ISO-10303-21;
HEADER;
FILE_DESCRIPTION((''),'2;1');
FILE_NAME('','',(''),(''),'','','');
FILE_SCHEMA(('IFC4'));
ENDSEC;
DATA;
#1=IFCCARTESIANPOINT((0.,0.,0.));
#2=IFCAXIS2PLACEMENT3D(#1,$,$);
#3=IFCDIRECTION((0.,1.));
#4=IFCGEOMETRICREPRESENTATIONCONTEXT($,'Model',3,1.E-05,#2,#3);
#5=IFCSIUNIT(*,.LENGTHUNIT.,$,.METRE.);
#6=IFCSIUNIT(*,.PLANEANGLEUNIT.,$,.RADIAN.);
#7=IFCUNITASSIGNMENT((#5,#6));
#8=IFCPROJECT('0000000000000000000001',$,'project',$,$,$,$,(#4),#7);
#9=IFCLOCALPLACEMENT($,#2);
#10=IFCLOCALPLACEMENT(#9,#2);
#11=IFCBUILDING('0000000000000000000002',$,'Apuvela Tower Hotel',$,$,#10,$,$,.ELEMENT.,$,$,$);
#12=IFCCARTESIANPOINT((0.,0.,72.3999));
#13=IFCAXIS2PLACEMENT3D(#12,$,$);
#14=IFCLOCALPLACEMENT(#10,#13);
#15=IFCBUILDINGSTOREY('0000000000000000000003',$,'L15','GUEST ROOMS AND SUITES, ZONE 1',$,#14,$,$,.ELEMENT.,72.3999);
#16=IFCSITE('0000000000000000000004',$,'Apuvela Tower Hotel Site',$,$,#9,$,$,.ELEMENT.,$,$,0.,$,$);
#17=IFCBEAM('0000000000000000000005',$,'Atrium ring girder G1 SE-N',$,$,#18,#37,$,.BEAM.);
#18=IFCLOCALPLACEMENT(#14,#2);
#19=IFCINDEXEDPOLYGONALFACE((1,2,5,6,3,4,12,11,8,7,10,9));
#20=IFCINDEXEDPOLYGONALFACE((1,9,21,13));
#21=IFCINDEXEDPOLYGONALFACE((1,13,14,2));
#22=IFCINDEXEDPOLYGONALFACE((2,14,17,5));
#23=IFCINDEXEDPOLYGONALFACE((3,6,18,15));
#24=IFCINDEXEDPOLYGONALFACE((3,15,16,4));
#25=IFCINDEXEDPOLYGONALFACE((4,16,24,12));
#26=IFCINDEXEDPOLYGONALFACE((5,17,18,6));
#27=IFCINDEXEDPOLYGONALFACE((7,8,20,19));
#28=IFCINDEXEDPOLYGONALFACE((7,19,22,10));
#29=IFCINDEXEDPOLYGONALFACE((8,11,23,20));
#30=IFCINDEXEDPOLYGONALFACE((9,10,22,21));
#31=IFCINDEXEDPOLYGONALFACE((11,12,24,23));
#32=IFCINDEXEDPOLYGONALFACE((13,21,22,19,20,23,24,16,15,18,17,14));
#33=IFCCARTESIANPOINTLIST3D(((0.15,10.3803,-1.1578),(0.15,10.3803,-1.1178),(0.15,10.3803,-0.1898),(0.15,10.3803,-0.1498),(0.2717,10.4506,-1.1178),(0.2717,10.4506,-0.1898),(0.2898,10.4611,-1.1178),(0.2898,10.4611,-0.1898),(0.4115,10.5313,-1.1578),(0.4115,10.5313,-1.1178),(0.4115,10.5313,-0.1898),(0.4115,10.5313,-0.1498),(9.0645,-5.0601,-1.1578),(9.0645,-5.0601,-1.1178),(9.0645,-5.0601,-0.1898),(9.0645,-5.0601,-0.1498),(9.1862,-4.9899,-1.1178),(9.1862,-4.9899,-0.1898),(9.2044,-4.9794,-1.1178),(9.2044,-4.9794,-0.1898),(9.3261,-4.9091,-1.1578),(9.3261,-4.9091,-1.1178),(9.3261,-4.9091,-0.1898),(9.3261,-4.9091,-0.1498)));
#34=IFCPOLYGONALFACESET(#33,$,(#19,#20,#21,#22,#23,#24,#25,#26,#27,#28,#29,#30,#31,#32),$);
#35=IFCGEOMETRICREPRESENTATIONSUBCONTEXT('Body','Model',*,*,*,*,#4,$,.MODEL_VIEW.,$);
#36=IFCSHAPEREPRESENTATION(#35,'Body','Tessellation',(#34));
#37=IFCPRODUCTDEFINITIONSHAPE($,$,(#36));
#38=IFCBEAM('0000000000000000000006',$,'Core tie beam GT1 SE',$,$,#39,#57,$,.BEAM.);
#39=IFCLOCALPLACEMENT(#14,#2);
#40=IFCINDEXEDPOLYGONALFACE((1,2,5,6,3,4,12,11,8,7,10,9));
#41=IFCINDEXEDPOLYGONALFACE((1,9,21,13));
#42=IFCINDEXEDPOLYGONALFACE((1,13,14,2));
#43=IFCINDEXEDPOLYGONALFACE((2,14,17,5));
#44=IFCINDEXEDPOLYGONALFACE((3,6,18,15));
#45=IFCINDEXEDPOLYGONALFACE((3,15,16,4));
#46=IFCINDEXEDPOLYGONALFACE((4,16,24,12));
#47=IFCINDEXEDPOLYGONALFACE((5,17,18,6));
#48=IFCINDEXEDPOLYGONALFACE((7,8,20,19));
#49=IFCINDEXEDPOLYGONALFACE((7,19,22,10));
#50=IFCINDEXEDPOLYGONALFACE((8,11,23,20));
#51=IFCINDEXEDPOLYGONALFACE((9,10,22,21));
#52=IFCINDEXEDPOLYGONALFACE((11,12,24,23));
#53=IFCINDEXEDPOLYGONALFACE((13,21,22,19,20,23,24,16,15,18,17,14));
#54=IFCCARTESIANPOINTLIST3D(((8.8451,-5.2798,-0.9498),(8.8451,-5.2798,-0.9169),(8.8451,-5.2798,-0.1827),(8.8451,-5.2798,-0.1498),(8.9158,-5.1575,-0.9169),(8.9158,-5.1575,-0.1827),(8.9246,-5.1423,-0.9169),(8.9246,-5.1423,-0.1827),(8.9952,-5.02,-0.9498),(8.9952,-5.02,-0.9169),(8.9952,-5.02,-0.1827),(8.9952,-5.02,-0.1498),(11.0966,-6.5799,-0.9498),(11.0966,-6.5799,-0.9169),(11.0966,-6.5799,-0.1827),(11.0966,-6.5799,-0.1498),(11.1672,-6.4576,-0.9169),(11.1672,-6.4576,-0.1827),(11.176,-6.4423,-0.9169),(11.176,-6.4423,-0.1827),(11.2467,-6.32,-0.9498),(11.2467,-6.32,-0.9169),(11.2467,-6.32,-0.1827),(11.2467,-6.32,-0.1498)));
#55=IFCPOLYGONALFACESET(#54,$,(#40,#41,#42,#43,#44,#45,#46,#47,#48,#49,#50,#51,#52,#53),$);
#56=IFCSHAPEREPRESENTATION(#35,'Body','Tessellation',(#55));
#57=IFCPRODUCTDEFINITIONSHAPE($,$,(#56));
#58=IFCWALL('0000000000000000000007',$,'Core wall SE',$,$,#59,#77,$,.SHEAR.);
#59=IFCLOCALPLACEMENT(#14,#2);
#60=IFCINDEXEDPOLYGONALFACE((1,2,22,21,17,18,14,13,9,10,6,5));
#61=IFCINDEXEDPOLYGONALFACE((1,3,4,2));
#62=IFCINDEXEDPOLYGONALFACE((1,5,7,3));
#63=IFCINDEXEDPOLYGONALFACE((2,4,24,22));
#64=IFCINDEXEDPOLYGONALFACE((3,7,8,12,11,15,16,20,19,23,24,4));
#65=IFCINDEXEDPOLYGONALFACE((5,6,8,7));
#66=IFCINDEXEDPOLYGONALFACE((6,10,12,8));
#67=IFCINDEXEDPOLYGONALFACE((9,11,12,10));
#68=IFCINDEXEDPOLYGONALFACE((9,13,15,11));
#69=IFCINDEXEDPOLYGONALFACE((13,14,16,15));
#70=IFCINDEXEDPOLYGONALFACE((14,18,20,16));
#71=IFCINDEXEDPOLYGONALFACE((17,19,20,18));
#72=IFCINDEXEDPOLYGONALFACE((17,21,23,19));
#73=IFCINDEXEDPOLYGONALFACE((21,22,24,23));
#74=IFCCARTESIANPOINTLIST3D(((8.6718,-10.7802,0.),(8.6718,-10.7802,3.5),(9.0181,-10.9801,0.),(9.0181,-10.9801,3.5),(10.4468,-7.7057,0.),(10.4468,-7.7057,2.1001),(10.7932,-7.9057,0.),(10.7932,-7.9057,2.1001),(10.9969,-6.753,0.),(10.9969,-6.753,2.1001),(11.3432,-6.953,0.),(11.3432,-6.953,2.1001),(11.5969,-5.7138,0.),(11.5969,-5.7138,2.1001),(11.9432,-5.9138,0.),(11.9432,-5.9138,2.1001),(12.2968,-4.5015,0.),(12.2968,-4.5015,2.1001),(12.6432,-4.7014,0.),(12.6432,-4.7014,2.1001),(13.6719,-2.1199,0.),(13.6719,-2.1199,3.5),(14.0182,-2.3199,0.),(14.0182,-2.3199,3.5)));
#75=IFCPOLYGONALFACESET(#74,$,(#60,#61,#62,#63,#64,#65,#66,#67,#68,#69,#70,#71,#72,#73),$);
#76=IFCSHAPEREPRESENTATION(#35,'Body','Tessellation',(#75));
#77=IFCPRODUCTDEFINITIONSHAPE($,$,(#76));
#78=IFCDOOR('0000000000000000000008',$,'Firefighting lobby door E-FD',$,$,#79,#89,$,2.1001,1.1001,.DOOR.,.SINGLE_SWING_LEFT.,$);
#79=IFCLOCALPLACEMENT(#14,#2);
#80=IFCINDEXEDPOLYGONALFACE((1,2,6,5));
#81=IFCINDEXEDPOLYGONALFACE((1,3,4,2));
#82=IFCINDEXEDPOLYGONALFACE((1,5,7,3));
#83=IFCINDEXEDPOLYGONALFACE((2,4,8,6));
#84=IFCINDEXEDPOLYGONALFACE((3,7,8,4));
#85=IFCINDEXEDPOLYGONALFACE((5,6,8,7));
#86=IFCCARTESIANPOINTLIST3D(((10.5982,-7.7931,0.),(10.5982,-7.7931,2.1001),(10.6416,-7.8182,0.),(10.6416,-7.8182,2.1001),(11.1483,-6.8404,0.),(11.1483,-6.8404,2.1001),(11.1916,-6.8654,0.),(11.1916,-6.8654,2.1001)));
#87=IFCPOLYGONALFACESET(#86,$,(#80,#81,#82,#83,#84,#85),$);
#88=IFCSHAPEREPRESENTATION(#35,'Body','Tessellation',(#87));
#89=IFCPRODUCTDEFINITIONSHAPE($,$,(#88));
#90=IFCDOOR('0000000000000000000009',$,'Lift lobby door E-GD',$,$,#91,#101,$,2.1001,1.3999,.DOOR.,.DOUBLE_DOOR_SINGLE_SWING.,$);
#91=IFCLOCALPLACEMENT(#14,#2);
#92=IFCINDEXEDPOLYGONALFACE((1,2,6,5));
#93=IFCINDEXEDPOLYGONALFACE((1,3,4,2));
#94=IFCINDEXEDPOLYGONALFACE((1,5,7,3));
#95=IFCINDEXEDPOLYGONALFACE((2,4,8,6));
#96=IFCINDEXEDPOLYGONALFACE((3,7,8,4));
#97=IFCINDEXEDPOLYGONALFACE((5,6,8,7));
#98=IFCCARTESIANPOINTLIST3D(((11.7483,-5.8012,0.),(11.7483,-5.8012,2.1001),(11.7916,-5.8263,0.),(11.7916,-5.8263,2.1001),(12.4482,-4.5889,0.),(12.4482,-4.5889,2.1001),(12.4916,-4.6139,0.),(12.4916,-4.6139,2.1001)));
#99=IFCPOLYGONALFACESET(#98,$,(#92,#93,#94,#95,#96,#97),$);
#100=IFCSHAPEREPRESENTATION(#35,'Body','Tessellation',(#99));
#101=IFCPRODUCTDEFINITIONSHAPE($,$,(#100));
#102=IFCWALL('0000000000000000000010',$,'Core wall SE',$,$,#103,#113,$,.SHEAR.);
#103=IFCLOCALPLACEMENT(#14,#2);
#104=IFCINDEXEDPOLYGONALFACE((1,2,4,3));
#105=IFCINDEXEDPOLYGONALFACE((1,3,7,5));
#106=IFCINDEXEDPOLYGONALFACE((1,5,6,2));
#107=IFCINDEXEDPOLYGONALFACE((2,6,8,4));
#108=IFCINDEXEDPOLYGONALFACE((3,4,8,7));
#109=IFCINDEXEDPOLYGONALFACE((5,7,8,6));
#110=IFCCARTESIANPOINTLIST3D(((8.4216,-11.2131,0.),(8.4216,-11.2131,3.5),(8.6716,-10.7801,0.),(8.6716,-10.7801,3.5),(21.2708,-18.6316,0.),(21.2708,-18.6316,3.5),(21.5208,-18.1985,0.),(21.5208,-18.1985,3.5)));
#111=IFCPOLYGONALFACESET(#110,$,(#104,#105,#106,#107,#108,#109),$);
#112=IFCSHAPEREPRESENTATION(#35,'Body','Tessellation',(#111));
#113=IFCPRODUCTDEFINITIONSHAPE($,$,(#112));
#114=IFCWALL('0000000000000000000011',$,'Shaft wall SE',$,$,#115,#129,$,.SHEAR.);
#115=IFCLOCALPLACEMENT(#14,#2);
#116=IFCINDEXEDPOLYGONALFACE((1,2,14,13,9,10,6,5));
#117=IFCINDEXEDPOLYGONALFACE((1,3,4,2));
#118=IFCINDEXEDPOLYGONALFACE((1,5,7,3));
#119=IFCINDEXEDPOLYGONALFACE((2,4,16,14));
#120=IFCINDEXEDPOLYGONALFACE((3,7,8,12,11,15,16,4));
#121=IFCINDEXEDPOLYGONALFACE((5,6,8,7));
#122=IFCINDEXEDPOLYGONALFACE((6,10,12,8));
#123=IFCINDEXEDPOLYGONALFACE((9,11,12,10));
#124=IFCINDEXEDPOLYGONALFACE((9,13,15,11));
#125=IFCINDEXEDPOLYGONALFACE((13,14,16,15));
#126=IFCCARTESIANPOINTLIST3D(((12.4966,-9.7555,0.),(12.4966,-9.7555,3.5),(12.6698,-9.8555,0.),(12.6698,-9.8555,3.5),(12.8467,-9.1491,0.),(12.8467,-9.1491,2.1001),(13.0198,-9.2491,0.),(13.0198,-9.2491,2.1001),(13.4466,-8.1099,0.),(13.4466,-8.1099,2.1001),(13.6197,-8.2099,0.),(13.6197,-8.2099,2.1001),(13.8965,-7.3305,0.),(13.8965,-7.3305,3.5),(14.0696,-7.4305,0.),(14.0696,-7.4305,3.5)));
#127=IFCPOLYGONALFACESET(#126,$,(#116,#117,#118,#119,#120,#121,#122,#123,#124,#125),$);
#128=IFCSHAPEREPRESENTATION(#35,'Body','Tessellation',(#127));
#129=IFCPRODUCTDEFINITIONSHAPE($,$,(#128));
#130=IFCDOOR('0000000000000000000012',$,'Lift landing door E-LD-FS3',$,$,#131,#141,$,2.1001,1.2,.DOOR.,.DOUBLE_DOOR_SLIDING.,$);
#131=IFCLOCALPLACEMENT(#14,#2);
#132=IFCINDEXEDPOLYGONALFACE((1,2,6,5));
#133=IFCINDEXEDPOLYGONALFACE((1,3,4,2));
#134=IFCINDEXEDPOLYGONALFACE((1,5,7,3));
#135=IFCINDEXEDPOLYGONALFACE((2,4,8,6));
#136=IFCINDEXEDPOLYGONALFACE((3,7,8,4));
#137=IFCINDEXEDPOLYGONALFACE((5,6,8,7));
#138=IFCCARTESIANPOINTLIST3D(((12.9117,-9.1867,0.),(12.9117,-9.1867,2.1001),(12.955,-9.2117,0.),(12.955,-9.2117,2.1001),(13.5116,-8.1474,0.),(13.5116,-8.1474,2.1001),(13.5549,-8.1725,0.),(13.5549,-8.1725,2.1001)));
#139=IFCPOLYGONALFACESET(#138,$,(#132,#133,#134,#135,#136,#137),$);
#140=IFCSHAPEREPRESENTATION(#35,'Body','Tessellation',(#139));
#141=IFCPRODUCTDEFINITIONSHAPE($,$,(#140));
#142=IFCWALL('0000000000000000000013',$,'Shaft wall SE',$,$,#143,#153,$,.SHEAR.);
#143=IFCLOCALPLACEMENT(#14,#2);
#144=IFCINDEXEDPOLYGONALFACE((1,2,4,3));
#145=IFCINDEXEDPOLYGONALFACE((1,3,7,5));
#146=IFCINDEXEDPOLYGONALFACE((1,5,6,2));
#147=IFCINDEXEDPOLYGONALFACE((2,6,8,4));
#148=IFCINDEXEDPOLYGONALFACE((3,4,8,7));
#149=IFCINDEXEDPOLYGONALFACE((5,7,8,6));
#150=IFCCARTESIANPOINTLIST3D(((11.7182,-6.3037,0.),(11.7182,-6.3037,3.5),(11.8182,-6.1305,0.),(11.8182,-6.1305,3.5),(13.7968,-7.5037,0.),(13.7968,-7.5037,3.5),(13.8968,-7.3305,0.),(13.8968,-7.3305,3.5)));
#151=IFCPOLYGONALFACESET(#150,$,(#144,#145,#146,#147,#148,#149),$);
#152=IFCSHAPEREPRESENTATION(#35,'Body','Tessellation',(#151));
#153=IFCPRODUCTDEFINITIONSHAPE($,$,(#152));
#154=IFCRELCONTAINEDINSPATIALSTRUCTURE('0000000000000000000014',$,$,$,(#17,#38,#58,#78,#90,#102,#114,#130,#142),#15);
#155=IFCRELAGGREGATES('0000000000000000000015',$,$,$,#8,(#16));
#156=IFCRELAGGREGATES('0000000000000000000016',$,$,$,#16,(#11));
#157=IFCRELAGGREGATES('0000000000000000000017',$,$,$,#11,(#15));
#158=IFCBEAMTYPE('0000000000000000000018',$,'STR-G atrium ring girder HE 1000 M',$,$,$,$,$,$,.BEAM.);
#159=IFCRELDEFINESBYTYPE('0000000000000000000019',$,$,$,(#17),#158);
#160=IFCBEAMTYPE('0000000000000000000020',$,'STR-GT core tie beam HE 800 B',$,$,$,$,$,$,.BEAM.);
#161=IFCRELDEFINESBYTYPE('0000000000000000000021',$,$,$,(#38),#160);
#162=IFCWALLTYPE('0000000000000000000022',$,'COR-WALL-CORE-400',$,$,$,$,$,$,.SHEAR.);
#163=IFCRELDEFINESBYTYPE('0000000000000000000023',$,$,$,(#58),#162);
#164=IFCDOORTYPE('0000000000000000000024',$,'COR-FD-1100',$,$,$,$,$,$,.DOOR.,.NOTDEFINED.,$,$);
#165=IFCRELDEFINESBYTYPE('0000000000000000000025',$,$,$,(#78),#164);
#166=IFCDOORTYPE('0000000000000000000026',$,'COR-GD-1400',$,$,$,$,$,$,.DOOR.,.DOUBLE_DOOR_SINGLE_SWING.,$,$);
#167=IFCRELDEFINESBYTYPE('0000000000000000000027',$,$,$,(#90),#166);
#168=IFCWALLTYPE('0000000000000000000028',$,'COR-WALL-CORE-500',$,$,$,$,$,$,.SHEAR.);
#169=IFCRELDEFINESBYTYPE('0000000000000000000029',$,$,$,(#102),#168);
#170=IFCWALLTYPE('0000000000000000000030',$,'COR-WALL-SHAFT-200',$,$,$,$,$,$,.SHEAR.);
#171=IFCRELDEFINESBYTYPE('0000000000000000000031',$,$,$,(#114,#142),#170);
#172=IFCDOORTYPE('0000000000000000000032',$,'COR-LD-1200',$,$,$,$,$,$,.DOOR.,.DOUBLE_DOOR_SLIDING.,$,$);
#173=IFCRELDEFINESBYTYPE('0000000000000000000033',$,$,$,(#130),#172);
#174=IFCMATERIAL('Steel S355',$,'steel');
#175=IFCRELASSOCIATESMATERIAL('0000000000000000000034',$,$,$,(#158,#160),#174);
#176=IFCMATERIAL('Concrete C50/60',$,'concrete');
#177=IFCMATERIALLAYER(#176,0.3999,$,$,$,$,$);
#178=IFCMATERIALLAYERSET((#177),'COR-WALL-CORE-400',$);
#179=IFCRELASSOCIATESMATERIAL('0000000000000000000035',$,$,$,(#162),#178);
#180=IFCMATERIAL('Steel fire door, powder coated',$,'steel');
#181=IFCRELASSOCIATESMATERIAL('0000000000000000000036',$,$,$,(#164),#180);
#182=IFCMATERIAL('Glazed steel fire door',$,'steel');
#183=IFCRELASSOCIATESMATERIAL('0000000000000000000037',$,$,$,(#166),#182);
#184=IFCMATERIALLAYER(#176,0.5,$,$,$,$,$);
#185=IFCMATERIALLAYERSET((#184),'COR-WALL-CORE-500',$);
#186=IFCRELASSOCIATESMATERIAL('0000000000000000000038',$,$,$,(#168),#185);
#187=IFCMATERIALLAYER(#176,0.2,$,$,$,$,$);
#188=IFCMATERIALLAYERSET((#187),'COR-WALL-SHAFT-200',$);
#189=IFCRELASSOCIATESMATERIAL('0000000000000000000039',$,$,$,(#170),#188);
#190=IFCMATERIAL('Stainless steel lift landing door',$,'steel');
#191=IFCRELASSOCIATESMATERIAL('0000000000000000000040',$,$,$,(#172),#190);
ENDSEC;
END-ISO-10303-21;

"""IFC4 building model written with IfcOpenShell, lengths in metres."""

from ifc_helpers import new_model, si_unit, direction, frame, frame_2d, origin, origin_2d, place, context, subcontext, project, spatial, rectangle, i_section, extrude, material, layer, layer_set, material_profile, profile_set, type_object, element, fill, save


model = new_model("IFC4")

# Units and contexts
model_context = context("Model", 3, precision=1e-05, world=origin(), true_north=direction((0.0, 1.0)))
body_context = subcontext(model_context, "Body", "Model", "MODEL_VIEW")
ifc_project = project(units=[si_unit("LENGTHUNIT", "METRE"), si_unit("PLANEANGLEUNIT", "RADIAN")], contexts=[model_context])

# Site, building, storey
site_placement = place(None, origin())
site = spatial("IfcSite", under=ifc_project, at=site_placement, Name="Apuvela Tower Hotel Site", CompositionType="ELEMENT", RefElevation=0.0)
building_placement = place(site_placement, origin())
building = spatial("IfcBuilding", under=site, at=building_placement, Name="Apuvela Tower Hotel", CompositionType="ELEMENT")
storey_placement = place(building_placement, frame((0.0, 0.0, 72.3999)))
storey = spatial("IfcBuildingStorey", under=building, at=storey_placement, Name="L15", Description="GUEST ROOMS AND SUITES, ZONE 1", CompositionType="ELEMENT", Elevation=72.3999)

# Beams
ifc_material_1 = material(Name="Steel S355", Category="steel")
ifc_material_profile_1 = material_profile(ifc_material_1, i_section(OverallWidth=0.302, OverallDepth=1.0081, WebThickness=0.021, FlangeThickness=0.04, at=origin_2d()), Name="HE 1000 M")
ifc_profile_set_1 = profile_set([ifc_material_profile_1], Name="Steel S355")
beam_type_1 = type_object("IfcBeamType", Name="STR-G atrium ring girder HE 1000 M", PredefinedType="BEAM", material=ifc_profile_set_1)
beam_1_placement = place(storey_placement, frame((9.1953, -4.9846, -0.6538), z_axis=(-0.500001, 0.866025, 0.0), x_axis=(-0.866025, -0.500001, 0.0)))
element("IfcBeam", 1, at=beam_1_placement, inside=storey, type_object=beam_type_1, Name="Atrium ring girder G1 SE-N", PredefinedType="BEAM", context=body_context, shape_type="SweptSolid", body=[
    extrude(i_section(OverallWidth=0.302, OverallDepth=1.0081, WebThickness=0.021, FlangeThickness=0.04, at=origin_2d()), origin(), (0.0, 0.0, 1.0), 17.8291),
])
ifc_material_profile_2 = material_profile(ifc_material_1, i_section(OverallWidth=0.3, OverallDepth=0.8, WebThickness=0.0176, FlangeThickness=0.033, at=origin_2d()), Name="HE 800 B")
ifc_profile_set_2 = profile_set([ifc_material_profile_2], Name="Steel S355")
beam_type_2 = type_object("IfcBeamType", Name="STR-GT core tie beam HE 800 B", PredefinedType="BEAM", material=ifc_profile_set_2)
beam_2_placement = place(storey_placement, frame((11.1716, -6.45, -0.5498), z_axis=(-0.865998, 0.500048, 0.0), x_axis=(-0.500048, -0.865998, 0.0)))
element("IfcBeam", 2, at=beam_2_placement, inside=storey, type_object=beam_type_2, Name="Core tie beam GT1 SE", PredefinedType="BEAM", context=body_context, shape_type="SweptSolid", body=[
    extrude(i_section(OverallWidth=0.3, OverallDepth=0.8, WebThickness=0.0176, FlangeThickness=0.033, at=origin_2d()), origin(), (0.0, 0.0, 1.0), 2.5999),
])

# Wall, openings, doors
ifc_material_2 = material(Name="Concrete C50/60", Category="concrete")
ifc_layer_1 = layer(ifc_material_2, 0.3999)
ifc_layer_set_1 = layer_set([ifc_layer_1], Name="COR-WALL-CORE-400")
wall_type_1 = type_object("IfcWallType", Name="COR-WALL-CORE-400", PredefinedType="SHEAR", material=ifc_layer_set_1)
wall_1_placement = place(storey_placement, frame((8.845, -10.8801, 0.0), z_axis=(0.0, 0.0, 1.0), x_axis=(0.500004, 0.866023, 0.0)))
wall_1 = element("IfcWall", 3, at=wall_1_placement, inside=storey, type_object=wall_type_1, Name="Core wall SE", PredefinedType="SHEAR", context=body_context, shape_type="SweptSolid", body=[
    extrude(rectangle(XDim=10.0, YDim=0.3999, at=frame_2d((5.0, 0.0))), origin(), (0.0, 0.0, 1.0), 3.5),
])
opening_1_placement = place(wall_1_placement, frame((3.55, 0.0, 0.0)))
opening_1 = element("IfcOpeningElement", 4, at=opening_1_placement, cuts=wall_1, PredefinedType="OPENING", context=body_context, shape_type="SweptSolid", body=[
    extrude(rectangle(XDim=1.1001, YDim=2.1001, at=frame_2d((0.55, 1.05))), frame((0.0, 0.21, 0.0), z_axis=(0.0, -1.0, 0.0), x_axis=(1.0, 0.0, 0.0)), (0.0, 0.0, 1.0), 0.4199),
])
opening_2_placement = place(wall_1_placement, frame((5.8501, 0.0, 0.0)))
opening_2 = element("IfcOpeningElement", 5, at=opening_2_placement, cuts=wall_1, PredefinedType="OPENING", context=body_context, shape_type="SweptSolid", body=[
    extrude(rectangle(XDim=1.3999, YDim=2.1001, at=frame_2d((0.7, 1.05))), frame((0.0, 0.21, 0.0), z_axis=(0.0, -1.0, 0.0), x_axis=(1.0, 0.0, 0.0)), (0.0, 0.0, 1.0), 0.4199),
])
ifc_material_3 = material(Name="Steel fire door, powder coated", Category="steel")
door_type_1 = type_object("IfcDoorType", Name="COR-FD-1100", OperationType="NOTDEFINED", PredefinedType="DOOR", material=ifc_material_3)
door_1_placement = place(opening_1_placement, frame((1.1001, 0.0, 0.0), z_axis=(0.0, 0.0, 1.0), x_axis=(-1.0, 0.0, 0.0)))
door_1 = element("IfcDoor", 6, at=door_1_placement, inside=storey, type_object=door_type_1, Name="Firefighting lobby door E-FD", OperationType="SINGLE_SWING_LEFT", OverallHeight=2.1001, OverallWidth=1.1001, PredefinedType="DOOR", context=body_context, shape_type="SweptSolid", body=[
    extrude(rectangle(XDim=1.1001, YDim=2.1001, at=frame_2d((0.55, 1.05))), frame((0.0, 0.0249, 0.0), z_axis=(0.0, -1.0, 0.0), x_axis=(1.0, 0.0, 0.0)), (0.0, 0.0, 1.0), 0.05),
])
fill(opening_1, door_1)
ifc_material_4 = material(Name="Glazed steel fire door", Category="steel")
door_type_2 = type_object("IfcDoorType", Name="COR-GD-1400", OperationType="DOUBLE_DOOR_SINGLE_SWING", PredefinedType="DOOR", material=ifc_material_4)
door_2_placement = place(opening_2_placement, frame((1.3999, 0.0, 0.0), z_axis=(0.0, 0.0, 1.0), x_axis=(-1.0, 0.0, 0.0)))
door_2 = element("IfcDoor", 7, at=door_2_placement, inside=storey, type_object=door_type_2, Name="Lift lobby door E-GD", OperationType="DOUBLE_DOOR_SINGLE_SWING", OverallHeight=2.1001, OverallWidth=1.3999, PredefinedType="DOOR", context=body_context, shape_type="SweptSolid", body=[
    extrude(rectangle(XDim=1.3999, YDim=2.1001, at=frame_2d((0.7, 1.05))), frame((0.0, 0.0249, 0.0), z_axis=(0.0, -1.0, 0.0), x_axis=(1.0, 0.0, 0.0)), (0.0, 0.0, 1.0), 0.05),
])
fill(opening_2, door_2)

# Wall
ifc_layer_2 = layer(ifc_material_2, 0.5)
ifc_layer_set_2 = layer_set([ifc_layer_2], Name="COR-WALL-CORE-500")
wall_type_2 = type_object("IfcWallType", Name="COR-WALL-CORE-500", PredefinedType="SHEAR", material=ifc_layer_set_2)
wall_2_placement = place(storey_placement, frame((8.5466, -10.9966, 0.0), z_axis=(0.0, 0.0, 1.0), x_axis=(0.866025, -0.500001, 0.0)))
element("IfcWall", 8, at=wall_2_placement, inside=storey, type_object=wall_type_2, Name="Core wall SE", PredefinedType="SHEAR", context=body_context, shape_type="SweptSolid", body=[
    extrude(rectangle(XDim=14.8369, YDim=0.5, at=frame_2d((7.4185, 0.0))), origin(), (0.0, 0.0, 1.0), 3.5),
])

# Wall, opening, door
ifc_layer_3 = layer(ifc_material_2, 0.2)
ifc_layer_set_3 = layer_set([ifc_layer_3], Name="COR-WALL-SHAFT-200")
wall_type_3 = type_object("IfcWallType", Name="COR-WALL-SHAFT-200", PredefinedType="SHEAR", material=ifc_layer_set_3)
wall_3_placement = place(storey_placement, frame((12.5833, -9.8054, 0.0), z_axis=(0.0, 0.0, 1.0), x_axis=(0.499946, 0.866056, 0.0)))
wall_3 = element("IfcWall", 9, at=wall_3_placement, inside=storey, type_object=wall_type_3, Name="Shaft wall SE", PredefinedType="SHEAR", context=body_context, shape_type="SweptSolid", body=[
    extrude(rectangle(XDim=2.8, YDim=0.2, at=frame_2d((1.3999, 0.0))), origin(), (0.0, 0.0, 1.0), 3.5),
])
opening_3_placement = place(wall_3_placement, frame((0.7, 0.0, 0.0)))
opening_3 = element("IfcOpeningElement", 10, at=opening_3_placement, cuts=wall_3, PredefinedType="OPENING", context=body_context, shape_type="SweptSolid", body=[
    extrude(rectangle(XDim=1.2, YDim=2.1001, at=frame_2d((0.6001, 1.05))), frame((0.0, 0.1099, 0.0), z_axis=(0.0, -1.0, 0.0), x_axis=(1.0, 0.0, 0.0)), (0.0, 0.0, 1.0), 0.22),
])
ifc_material_5 = material(Name="Stainless steel lift landing door", Category="steel")
door_type_3 = type_object("IfcDoorType", Name="COR-LD-1200", OperationType="DOUBLE_DOOR_SLIDING", PredefinedType="DOOR", material=ifc_material_5)
door_3_placement = place(opening_3_placement, origin())
door_3 = element("IfcDoor", 11, at=door_3_placement, inside=storey, type_object=door_type_3, Name="Lift landing door E-LD-FS3", OperationType="DOUBLE_DOOR_SLIDING", OverallHeight=2.1001, OverallWidth=1.2, PredefinedType="DOOR", context=body_context, shape_type="SweptSolid", body=[
    extrude(rectangle(XDim=1.2, YDim=2.1001, at=frame_2d((0.6001, 1.05))), frame((0.0, 0.0249, 0.0), z_axis=(0.0, -1.0, 0.0), x_axis=(1.0, 0.0, 0.0)), (0.0, 0.0, 1.0), 0.05),
])
fill(opening_3, door_3)

# Wall
wall_4_placement = place(storey_placement, frame((11.7681, -6.217, 0.0), z_axis=(0.0, 0.0, 1.0), x_axis=(0.86605, -0.499957, 0.0)))
element("IfcWall", 12, at=wall_4_placement, inside=storey, type_object=wall_type_3, Name="Shaft wall SE", PredefinedType="SHEAR", context=body_context, shape_type="SweptSolid", body=[
    extrude(rectangle(XDim=2.4001, YDim=0.2, at=frame_2d((1.2002, 0.0))), origin(), (0.0, 0.0, 1.0), 3.5),
])

save(model, "model.ifc")
